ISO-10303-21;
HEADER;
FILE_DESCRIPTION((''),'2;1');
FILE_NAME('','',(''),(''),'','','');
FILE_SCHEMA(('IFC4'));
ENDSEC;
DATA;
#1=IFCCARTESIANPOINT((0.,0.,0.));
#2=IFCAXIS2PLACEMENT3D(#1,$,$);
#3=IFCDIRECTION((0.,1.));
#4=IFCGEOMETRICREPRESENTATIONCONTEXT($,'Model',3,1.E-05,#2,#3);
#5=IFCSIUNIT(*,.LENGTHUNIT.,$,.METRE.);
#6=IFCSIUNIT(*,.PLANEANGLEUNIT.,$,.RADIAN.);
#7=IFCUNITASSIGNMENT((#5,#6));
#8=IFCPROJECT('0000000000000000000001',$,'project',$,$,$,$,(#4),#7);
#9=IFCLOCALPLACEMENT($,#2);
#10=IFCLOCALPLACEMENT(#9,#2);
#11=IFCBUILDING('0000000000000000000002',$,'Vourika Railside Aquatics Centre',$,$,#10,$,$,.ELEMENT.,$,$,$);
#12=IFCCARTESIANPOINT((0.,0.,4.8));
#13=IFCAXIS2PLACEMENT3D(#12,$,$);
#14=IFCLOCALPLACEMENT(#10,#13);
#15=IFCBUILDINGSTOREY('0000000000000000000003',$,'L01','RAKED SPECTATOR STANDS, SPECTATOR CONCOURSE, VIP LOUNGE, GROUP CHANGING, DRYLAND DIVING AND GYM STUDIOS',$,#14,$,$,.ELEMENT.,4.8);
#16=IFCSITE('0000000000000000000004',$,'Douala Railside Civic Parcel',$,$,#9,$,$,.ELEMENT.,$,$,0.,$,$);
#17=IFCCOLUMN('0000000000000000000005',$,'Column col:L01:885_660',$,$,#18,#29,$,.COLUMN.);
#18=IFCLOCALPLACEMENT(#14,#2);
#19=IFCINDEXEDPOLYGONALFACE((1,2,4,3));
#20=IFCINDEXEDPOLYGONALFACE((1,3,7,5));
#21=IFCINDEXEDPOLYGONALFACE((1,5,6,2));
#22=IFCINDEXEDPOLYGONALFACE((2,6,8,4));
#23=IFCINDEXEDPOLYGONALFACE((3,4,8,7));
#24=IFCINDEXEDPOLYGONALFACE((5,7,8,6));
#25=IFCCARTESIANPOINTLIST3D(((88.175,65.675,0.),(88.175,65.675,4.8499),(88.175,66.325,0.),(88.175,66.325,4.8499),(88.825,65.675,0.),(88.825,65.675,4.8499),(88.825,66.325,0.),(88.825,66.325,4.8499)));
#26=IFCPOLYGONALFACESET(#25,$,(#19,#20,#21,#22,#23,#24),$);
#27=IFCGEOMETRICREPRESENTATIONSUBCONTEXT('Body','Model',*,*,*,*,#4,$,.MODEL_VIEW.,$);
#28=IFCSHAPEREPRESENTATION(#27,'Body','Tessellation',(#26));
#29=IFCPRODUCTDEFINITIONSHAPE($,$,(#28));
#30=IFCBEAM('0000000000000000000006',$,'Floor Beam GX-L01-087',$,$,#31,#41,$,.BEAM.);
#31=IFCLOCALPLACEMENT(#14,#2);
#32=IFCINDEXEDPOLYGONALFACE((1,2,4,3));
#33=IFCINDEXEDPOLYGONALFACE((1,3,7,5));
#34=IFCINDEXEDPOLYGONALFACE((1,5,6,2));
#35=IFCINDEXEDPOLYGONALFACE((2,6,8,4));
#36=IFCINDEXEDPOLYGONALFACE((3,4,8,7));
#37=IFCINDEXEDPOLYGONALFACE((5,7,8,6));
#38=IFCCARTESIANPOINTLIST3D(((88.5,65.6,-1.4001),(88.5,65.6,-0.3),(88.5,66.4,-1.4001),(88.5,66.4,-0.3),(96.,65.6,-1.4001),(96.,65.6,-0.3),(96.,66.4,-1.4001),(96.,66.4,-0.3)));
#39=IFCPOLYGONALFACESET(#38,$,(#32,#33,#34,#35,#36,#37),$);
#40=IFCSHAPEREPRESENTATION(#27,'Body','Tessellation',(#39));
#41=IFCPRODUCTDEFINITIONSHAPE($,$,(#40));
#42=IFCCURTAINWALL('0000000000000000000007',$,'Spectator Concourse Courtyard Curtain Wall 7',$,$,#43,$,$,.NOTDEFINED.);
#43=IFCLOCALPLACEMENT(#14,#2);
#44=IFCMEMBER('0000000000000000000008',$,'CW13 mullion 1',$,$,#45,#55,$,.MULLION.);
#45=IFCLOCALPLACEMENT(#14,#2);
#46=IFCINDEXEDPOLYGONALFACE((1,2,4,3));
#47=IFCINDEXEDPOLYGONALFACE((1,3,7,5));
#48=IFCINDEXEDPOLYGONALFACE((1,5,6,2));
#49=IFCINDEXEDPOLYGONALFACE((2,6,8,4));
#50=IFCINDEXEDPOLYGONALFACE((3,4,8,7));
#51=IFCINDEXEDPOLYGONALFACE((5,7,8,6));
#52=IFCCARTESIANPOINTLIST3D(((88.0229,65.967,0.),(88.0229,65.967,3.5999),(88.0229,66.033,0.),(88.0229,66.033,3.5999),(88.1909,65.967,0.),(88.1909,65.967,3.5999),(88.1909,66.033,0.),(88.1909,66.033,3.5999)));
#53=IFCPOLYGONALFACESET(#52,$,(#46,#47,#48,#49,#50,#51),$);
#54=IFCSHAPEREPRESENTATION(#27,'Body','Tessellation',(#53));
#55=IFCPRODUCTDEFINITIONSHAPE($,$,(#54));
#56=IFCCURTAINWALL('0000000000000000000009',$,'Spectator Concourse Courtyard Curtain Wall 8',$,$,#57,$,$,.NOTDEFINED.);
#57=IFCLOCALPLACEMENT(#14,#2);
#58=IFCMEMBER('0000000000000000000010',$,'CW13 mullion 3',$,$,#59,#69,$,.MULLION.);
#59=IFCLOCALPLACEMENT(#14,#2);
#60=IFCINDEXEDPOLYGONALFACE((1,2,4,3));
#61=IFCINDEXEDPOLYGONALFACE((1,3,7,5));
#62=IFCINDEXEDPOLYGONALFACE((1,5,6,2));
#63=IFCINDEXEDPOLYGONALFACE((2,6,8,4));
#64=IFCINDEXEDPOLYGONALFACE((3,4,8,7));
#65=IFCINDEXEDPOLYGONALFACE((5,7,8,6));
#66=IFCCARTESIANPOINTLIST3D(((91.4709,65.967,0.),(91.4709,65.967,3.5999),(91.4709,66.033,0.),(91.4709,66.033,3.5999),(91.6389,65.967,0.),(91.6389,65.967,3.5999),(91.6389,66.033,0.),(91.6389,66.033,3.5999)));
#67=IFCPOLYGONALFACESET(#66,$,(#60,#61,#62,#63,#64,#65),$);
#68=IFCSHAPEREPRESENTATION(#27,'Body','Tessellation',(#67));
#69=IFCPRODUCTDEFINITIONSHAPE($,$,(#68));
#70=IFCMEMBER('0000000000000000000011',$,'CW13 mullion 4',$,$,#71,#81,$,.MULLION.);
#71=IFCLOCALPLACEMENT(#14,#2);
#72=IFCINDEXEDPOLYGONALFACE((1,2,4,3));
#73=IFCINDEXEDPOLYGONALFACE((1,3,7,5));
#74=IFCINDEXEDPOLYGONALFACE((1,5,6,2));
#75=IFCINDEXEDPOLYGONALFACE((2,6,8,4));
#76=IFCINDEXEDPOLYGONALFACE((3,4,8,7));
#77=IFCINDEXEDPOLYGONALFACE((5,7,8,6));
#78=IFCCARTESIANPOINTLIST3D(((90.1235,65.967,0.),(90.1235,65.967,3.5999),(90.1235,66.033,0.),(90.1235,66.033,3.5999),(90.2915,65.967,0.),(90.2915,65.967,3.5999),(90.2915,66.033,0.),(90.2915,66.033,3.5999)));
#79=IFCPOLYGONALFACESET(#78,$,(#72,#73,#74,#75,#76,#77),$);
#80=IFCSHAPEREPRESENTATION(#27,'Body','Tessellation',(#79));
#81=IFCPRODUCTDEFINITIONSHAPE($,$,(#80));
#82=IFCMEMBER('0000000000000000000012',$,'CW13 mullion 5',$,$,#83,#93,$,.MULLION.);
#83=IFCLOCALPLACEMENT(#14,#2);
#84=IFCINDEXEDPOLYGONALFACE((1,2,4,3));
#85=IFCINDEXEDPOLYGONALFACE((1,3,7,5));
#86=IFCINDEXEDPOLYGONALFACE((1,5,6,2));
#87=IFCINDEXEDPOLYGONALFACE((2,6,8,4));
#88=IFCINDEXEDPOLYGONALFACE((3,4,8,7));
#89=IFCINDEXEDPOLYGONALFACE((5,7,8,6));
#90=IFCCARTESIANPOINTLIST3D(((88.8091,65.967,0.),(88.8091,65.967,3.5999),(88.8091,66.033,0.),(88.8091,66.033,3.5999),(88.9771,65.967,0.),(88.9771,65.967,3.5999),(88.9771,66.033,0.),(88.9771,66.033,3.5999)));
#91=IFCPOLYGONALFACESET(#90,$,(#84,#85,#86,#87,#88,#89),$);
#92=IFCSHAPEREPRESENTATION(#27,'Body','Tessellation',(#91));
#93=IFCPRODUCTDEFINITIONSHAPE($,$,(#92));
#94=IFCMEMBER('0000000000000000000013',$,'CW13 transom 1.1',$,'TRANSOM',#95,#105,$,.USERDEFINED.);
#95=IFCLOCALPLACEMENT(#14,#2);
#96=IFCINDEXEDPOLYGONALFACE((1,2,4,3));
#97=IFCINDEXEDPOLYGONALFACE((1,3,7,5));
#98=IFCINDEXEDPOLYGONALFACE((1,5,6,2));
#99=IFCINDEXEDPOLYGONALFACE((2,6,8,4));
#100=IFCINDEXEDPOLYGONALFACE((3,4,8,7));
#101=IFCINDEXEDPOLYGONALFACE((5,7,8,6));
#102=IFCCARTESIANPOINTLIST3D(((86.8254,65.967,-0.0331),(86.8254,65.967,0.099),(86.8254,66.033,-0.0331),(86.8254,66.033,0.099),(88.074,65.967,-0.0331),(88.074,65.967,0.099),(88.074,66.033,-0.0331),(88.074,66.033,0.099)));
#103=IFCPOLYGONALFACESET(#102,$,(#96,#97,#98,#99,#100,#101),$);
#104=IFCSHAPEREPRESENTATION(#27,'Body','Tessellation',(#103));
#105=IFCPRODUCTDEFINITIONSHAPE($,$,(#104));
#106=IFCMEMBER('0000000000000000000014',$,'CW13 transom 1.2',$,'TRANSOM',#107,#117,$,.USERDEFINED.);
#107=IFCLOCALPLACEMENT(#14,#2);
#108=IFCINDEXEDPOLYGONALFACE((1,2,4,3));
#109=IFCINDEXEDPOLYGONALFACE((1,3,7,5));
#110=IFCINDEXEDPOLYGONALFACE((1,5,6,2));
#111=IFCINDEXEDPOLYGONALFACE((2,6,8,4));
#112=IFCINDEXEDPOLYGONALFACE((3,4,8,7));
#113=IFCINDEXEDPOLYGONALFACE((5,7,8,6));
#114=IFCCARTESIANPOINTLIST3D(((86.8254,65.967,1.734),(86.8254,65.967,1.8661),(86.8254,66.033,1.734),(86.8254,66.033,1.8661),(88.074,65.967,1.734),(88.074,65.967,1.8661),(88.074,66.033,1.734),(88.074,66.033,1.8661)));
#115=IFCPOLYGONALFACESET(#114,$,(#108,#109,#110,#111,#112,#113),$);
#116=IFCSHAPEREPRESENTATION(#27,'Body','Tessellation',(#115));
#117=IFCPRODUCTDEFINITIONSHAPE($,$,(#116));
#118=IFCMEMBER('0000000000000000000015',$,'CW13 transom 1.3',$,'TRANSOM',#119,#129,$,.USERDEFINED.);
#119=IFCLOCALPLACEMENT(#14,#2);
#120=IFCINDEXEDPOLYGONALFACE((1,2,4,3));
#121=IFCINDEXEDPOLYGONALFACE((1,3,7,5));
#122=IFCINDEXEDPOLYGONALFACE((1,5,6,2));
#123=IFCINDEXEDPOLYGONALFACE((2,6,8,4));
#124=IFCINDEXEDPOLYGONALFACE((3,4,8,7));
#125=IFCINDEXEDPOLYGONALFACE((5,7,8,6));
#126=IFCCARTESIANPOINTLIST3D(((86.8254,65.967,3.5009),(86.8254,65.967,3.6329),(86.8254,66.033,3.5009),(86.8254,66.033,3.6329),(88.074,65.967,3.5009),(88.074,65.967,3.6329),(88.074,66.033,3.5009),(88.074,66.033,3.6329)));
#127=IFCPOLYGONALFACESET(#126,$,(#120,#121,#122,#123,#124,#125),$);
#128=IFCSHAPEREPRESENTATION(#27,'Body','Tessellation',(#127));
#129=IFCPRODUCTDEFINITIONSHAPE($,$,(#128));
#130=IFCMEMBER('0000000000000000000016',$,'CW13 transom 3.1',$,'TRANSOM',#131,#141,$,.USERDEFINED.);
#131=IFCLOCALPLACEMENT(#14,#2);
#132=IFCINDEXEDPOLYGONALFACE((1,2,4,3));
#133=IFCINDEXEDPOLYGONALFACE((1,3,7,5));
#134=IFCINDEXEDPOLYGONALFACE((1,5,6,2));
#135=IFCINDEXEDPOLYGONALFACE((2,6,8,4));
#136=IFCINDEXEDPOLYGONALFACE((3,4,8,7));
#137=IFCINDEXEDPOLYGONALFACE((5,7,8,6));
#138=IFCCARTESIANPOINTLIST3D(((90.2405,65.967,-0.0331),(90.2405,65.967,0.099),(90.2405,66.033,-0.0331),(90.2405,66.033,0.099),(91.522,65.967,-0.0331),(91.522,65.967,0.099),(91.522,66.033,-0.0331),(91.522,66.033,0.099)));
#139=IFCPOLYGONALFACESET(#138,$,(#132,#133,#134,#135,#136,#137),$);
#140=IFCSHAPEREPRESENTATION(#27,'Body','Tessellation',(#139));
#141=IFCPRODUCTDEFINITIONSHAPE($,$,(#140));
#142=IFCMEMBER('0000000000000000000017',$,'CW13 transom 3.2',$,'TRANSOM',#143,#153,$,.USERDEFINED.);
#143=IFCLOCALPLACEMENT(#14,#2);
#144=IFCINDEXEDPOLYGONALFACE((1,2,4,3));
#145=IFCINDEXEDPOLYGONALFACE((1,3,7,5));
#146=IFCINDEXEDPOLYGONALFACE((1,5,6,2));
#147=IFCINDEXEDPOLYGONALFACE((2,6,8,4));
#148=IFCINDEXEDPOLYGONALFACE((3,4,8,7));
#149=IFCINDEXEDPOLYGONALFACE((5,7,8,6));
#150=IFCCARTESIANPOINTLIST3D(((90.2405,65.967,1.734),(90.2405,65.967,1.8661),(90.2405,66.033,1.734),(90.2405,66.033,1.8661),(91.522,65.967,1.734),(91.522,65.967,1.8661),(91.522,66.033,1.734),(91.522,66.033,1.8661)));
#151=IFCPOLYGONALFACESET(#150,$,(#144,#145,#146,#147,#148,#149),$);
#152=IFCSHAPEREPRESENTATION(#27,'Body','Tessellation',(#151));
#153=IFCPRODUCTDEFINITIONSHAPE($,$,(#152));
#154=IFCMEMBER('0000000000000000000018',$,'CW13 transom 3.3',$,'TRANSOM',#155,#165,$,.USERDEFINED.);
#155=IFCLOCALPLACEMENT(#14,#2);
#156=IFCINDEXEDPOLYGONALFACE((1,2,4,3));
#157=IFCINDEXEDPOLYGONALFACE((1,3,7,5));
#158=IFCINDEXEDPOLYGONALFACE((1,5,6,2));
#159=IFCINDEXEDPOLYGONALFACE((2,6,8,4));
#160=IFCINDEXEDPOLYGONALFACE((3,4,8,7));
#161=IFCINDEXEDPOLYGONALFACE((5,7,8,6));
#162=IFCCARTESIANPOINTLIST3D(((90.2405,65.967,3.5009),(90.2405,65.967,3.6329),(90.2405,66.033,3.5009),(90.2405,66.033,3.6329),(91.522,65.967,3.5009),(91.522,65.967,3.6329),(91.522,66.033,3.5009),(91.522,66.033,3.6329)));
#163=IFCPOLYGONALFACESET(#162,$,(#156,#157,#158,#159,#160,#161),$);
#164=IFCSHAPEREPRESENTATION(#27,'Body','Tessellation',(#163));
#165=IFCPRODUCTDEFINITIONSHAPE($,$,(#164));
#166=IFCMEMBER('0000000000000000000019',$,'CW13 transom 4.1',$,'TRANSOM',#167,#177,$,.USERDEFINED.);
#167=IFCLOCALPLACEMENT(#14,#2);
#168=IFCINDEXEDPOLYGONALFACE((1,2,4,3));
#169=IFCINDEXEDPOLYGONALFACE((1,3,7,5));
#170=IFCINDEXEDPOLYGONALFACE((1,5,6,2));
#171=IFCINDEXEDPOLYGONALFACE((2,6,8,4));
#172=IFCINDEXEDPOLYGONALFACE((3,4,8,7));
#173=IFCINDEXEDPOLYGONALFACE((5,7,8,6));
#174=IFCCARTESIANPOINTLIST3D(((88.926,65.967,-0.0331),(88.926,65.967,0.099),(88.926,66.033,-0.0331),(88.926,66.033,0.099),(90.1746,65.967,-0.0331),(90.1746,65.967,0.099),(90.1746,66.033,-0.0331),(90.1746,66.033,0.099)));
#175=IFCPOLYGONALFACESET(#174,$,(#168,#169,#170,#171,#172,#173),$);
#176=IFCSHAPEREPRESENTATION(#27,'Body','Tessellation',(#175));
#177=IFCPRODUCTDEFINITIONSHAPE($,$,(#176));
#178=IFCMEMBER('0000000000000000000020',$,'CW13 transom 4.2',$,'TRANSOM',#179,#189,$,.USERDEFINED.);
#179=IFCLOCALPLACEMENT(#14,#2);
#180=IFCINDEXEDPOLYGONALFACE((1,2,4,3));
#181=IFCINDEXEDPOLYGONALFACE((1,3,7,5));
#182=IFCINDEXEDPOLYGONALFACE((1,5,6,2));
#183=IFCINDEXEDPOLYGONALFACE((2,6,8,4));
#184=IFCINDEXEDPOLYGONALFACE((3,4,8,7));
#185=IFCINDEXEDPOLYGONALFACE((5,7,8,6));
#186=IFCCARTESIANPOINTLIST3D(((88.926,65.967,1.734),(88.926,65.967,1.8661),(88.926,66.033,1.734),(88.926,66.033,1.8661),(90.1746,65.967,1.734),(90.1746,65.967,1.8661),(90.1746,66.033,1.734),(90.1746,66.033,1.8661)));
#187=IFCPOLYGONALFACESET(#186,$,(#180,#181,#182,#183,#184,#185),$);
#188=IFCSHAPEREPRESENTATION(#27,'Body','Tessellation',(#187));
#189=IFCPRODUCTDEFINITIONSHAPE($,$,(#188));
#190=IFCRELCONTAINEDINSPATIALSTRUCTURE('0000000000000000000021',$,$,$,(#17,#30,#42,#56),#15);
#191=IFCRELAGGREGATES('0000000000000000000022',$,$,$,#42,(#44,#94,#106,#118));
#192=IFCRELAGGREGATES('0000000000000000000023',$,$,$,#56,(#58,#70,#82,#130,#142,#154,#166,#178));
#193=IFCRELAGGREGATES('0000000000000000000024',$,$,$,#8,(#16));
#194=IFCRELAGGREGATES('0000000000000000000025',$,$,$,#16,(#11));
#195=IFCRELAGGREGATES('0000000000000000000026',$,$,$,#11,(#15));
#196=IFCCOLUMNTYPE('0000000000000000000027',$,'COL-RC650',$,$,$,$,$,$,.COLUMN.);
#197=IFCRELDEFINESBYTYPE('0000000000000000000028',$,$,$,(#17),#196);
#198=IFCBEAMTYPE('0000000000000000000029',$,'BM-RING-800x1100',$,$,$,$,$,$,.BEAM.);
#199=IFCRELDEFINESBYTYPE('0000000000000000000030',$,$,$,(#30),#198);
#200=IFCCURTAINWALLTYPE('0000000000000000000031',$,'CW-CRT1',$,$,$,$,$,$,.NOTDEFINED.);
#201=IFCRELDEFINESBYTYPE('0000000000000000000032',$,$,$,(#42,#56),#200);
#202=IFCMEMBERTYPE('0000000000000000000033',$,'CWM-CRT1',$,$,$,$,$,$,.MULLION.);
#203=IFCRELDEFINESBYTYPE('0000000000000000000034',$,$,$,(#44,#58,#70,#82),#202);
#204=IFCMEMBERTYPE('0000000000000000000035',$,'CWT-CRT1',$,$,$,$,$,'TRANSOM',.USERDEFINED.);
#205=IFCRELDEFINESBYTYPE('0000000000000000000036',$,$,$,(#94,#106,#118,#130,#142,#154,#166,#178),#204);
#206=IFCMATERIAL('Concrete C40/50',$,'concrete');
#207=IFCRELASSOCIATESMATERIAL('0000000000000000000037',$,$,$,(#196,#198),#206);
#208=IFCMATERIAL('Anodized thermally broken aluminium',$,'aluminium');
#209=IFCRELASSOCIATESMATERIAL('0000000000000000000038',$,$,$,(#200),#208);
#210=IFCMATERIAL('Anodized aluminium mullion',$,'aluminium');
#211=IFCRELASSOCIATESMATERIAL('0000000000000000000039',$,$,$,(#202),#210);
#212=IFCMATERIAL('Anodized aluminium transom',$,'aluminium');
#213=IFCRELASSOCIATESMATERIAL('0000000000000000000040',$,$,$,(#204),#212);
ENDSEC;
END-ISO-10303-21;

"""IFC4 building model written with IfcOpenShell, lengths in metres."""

from ifc_helpers import new_model, si_unit, direction, frame, origin, origin_2d, place, context, subcontext, project, spatial, rectangle, extrude, material, material_profile, profile_set, type_object, element, aggregate, save


model = new_model("IFC4")

# Units and contexts
model_context = context("Model", 3, precision=1e-05, world=origin(), true_north=direction((0.0, 1.0)))
body_context = subcontext(model_context, "Body", "Model", "MODEL_VIEW")
ifc_project = project(units=[si_unit("LENGTHUNIT", "METRE"), si_unit("PLANEANGLEUNIT", "RADIAN")], contexts=[model_context])

# Site, building, storey
site_placement = place(None, origin())
site = spatial("IfcSite", under=ifc_project, at=site_placement, Name="Douala Railside Civic Parcel", CompositionType="ELEMENT", RefElevation=0.0)
building_placement = place(site_placement, origin())
building = spatial("IfcBuilding", under=site, at=building_placement, Name="Vourika Railside Aquatics Centre", CompositionType="ELEMENT")
storey_placement = place(building_placement, frame((0.0, 0.0, 4.8)))
storey = spatial("IfcBuildingStorey", under=building, at=storey_placement, Name="L01", Description="RAKED SPECTATOR STANDS, SPECTATOR CONCOURSE, VIP LOUNGE, GROUP CHANGING, DRYLAND DIVING AND GYM STUDIOS", CompositionType="ELEMENT", Elevation=4.8)

# Column
ifc_material_1 = material(Name="Concrete C40/50", Category="concrete")
ifc_material_profile_1 = material_profile(ifc_material_1, rectangle(XDim=0.6499, YDim=0.6499, at=origin_2d()), Name="RC 650x650")
ifc_profile_set_1 = profile_set([ifc_material_profile_1], Name="Concrete C40/50")
column_type = type_object("IfcColumnType", Name="COL-RC650", PredefinedType="COLUMN", material=ifc_profile_set_1)
column_placement = place(storey_placement, frame((88.5, 66.0, 0.0), z_axis=(0.0, 0.0, 1.0), x_axis=(1.0, 0.0, 0.0)))
element("IfcColumn", 1, at=column_placement, inside=storey, type_object=column_type, Name="Column col:L01:885_660", PredefinedType="COLUMN", context=body_context, shape_type="SweptSolid", body=[
    extrude(rectangle(XDim=0.6499, YDim=0.6499, at=origin_2d()), origin(), (0.0, 0.0, 1.0), 4.8499),
])

# Beam
ifc_material_profile_2 = material_profile(ifc_material_1, rectangle(XDim=0.8, YDim=1.1001, at=origin_2d()), Name="RC 800x1100")
ifc_profile_set_2 = profile_set([ifc_material_profile_2], Name="Concrete C40/50")
beam_type = type_object("IfcBeamType", Name="BM-RING-800x1100", PredefinedType="BEAM", material=ifc_profile_set_2)
beam_placement = place(storey_placement, frame((88.5, 66.0, -0.8501), z_axis=(1.0, 0.0, 0.0), x_axis=(0.0, 1.0, 0.0)))
element("IfcBeam", 2, at=beam_placement, inside=storey, type_object=beam_type, Name="Floor Beam GX-L01-087", PredefinedType="BEAM", context=body_context, shape_type="SweptSolid", body=[
    extrude(rectangle(XDim=0.8, YDim=1.1001, at=origin_2d()), origin(), (0.0, 0.0, 1.0), 7.5),
])

# Curtain wall, member
ifc_material_2 = material(Name="Anodized thermally broken aluminium", Category="aluminium")
curtain_wall_type = type_object("IfcCurtainWallType", Name="CW-CRT1", PredefinedType="NOTDEFINED", material=ifc_material_2)
curtain_wall_1_placement = place(storey_placement, origin())
curtain_wall_1 = element("IfcCurtainWall", 3, at=curtain_wall_1_placement, inside=storey, type_object=curtain_wall_type, Name="Spectator Concourse Courtyard Curtain Wall 7", PredefinedType="NOTDEFINED")
ifc_material_3 = material(Name="Anodized aluminium mullion", Category="aluminium")
ifc_material_profile_3 = material_profile(ifc_material_3, rectangle(XDim=0.0659, YDim=0.168, at=origin_2d()), Name="ALU-M 66x168")
ifc_profile_set_3 = profile_set([ifc_material_profile_3], Name="Anodized aluminium mullion")
member_type_1 = type_object("IfcMemberType", Name="CWM-CRT1", PredefinedType="MULLION", material=ifc_profile_set_3)
member_1_placement = place(storey_placement, frame((88.1069, 66.0, 0.0), z_axis=(0.0, 0.0, 1.0), x_axis=(0.0, -1.0, 0.0)))
member_1 = element("IfcMember", 4, at=member_1_placement, type_object=member_type_1, Name="CW13 mullion 1", PredefinedType="MULLION", context=body_context, shape_type="SweptSolid", body=[
    extrude(rectangle(XDim=0.0659, YDim=0.168, at=origin_2d()), origin(), (0.0, 0.0, 1.0), 3.5999),
])

# Curtain wall, members
curtain_wall_2_placement = place(storey_placement, origin())
curtain_wall_2 = element("IfcCurtainWall", 5, at=curtain_wall_2_placement, inside=storey, type_object=curtain_wall_type, Name="Spectator Concourse Courtyard Curtain Wall 8", PredefinedType="NOTDEFINED")
member_2_placement = place(storey_placement, frame((91.5549, 66.0, 0.0), z_axis=(0.0, 0.0, 1.0), x_axis=(0.0, -1.0, 0.0)))
member_2 = element("IfcMember", 6, at=member_2_placement, type_object=member_type_1, Name="CW13 mullion 3", PredefinedType="MULLION", context=body_context, shape_type="SweptSolid", body=[
    extrude(rectangle(XDim=0.0659, YDim=0.168, at=origin_2d()), origin(), (0.0, 0.0, 1.0), 3.5999),
])
member_3_placement = place(storey_placement, frame((90.2075, 66.0, 0.0), z_axis=(0.0, 0.0, 1.0), x_axis=(0.0, -1.0, 0.0)))
member_3 = element("IfcMember", 7, at=member_3_placement, type_object=member_type_1, Name="CW13 mullion 4", PredefinedType="MULLION", context=body_context, shape_type="SweptSolid", body=[
    extrude(rectangle(XDim=0.0659, YDim=0.168, at=origin_2d()), origin(), (0.0, 0.0, 1.0), 3.5999),
])
member_4_placement = place(storey_placement, frame((88.8931, 66.0, 0.0), z_axis=(0.0, 0.0, 1.0), x_axis=(0.0, -1.0, 0.0)))
member_4 = element("IfcMember", 8, at=member_4_placement, type_object=member_type_1, Name="CW13 mullion 5", PredefinedType="MULLION", context=body_context, shape_type="SweptSolid", body=[
    extrude(rectangle(XDim=0.0659, YDim=0.168, at=origin_2d()), origin(), (0.0, 0.0, 1.0), 3.5999),
])

# Members
ifc_material_4 = material(Name="Anodized aluminium transom", Category="aluminium")
ifc_material_profile_4 = material_profile(ifc_material_4, rectangle(XDim=0.0659, YDim=0.1321, at=origin_2d()), Name="ALU-T 66x132")
ifc_profile_set_4 = profile_set([ifc_material_profile_4], Name="Anodized aluminium transom")
member_type_2 = type_object("IfcMemberType", Name="CWT-CRT1", ElementType="TRANSOM", PredefinedType="USERDEFINED", material=ifc_profile_set_4)
member_5_placement = place(storey_placement, frame((88.074, 66.0, 0.033), z_axis=(-1.0, 0.0, 0.0), x_axis=(0.0, -1.0, 0.0)))
member_5 = element("IfcMember", 9, at=member_5_placement, type_object=member_type_2, Name="CW13 transom 1.1", ObjectType="TRANSOM", PredefinedType="USERDEFINED", context=body_context, shape_type="SweptSolid", body=[
    extrude(rectangle(XDim=0.0659, YDim=0.1321, at=origin_2d()), origin(), (0.0, 0.0, 1.0), 1.2485),
])
member_6_placement = place(storey_placement, frame((88.074, 66.0, 1.8), z_axis=(-1.0, 0.0, 0.0), x_axis=(0.0, -1.0, 0.0)))
member_6 = element("IfcMember", 10, at=member_6_placement, type_object=member_type_2, Name="CW13 transom 1.2", ObjectType="TRANSOM", PredefinedType="USERDEFINED", context=body_context, shape_type="SweptSolid", body=[
    extrude(rectangle(XDim=0.0659, YDim=0.1321, at=origin_2d()), origin(), (0.0, 0.0, 1.0), 1.2485),
])
member_7_placement = place(storey_placement, frame((88.074, 66.0, 3.5669), z_axis=(-1.0, 0.0, 0.0), x_axis=(0.0, -1.0, 0.0)))
member_7 = element("IfcMember", 11, at=member_7_placement, type_object=member_type_2, Name="CW13 transom 1.3", ObjectType="TRANSOM", PredefinedType="USERDEFINED", context=body_context, shape_type="SweptSolid", body=[
    extrude(rectangle(XDim=0.0659, YDim=0.1321, at=origin_2d()), origin(), (0.0, 0.0, 1.0), 1.2485),
])
member_8_placement = place(storey_placement, frame((91.522, 66.0, 0.033), z_axis=(-1.0, 0.0, 0.0), x_axis=(0.0, -1.0, 0.0)))
member_8 = element("IfcMember", 12, at=member_8_placement, type_object=member_type_2, Name="CW13 transom 3.1", ObjectType="TRANSOM", PredefinedType="USERDEFINED", context=body_context, shape_type="SweptSolid", body=[
    extrude(rectangle(XDim=0.0659, YDim=0.1321, at=origin_2d()), origin(), (0.0, 0.0, 1.0), 1.2815),
])
member_9_placement = place(storey_placement, frame((91.522, 66.0, 1.8), z_axis=(-1.0, 0.0, 0.0), x_axis=(0.0, -1.0, 0.0)))
member_9 = element("IfcMember", 13, at=member_9_placement, type_object=member_type_2, Name="CW13 transom 3.2", ObjectType="TRANSOM", PredefinedType="USERDEFINED", context=body_context, shape_type="SweptSolid", body=[
    extrude(rectangle(XDim=0.0659, YDim=0.1321, at=origin_2d()), origin(), (0.0, 0.0, 1.0), 1.2815),
])
member_10_placement = place(storey_placement, frame((91.522, 66.0, 3.5669), z_axis=(-1.0, 0.0, 0.0), x_axis=(0.0, -1.0, 0.0)))
member_10 = element("IfcMember", 14, at=member_10_placement, type_object=member_type_2, Name="CW13 transom 3.3", ObjectType="TRANSOM", PredefinedType="USERDEFINED", context=body_context, shape_type="SweptSolid", body=[
    extrude(rectangle(XDim=0.0659, YDim=0.1321, at=origin_2d()), origin(), (0.0, 0.0, 1.0), 1.2815),
])
member_11_placement = place(storey_placement, frame((90.1746, 66.0, 0.033), z_axis=(-1.0, 0.0, 0.0), x_axis=(0.0, -1.0, 0.0)))
member_11 = element("IfcMember", 15, at=member_11_placement, type_object=member_type_2, Name="CW13 transom 4.1", ObjectType="TRANSOM", PredefinedType="USERDEFINED", context=body_context, shape_type="SweptSolid", body=[
    extrude(rectangle(XDim=0.0659, YDim=0.1321, at=origin_2d()), origin(), (0.0, 0.0, 1.0), 1.2485),
])
member_12_placement = place(storey_placement, frame((90.1746, 66.0, 1.8), z_axis=(-1.0, 0.0, 0.0), x_axis=(0.0, -1.0, 0.0)))
member_12 = element("IfcMember", 16, at=member_12_placement, type_object=member_type_2, Name="CW13 transom 4.2", ObjectType="TRANSOM", PredefinedType="USERDEFINED", context=body_context, shape_type="SweptSolid", body=[
    extrude(rectangle(XDim=0.0659, YDim=0.1321, at=origin_2d()), origin(), (0.0, 0.0, 1.0), 1.2485),
])

aggregate(curtain_wall_1, [member_1, member_5, member_6, member_7])
aggregate(curtain_wall_2, [member_2, member_3, member_4, member_8, member_9, member_10, member_11, member_12])

save(model, "model.ifc")
